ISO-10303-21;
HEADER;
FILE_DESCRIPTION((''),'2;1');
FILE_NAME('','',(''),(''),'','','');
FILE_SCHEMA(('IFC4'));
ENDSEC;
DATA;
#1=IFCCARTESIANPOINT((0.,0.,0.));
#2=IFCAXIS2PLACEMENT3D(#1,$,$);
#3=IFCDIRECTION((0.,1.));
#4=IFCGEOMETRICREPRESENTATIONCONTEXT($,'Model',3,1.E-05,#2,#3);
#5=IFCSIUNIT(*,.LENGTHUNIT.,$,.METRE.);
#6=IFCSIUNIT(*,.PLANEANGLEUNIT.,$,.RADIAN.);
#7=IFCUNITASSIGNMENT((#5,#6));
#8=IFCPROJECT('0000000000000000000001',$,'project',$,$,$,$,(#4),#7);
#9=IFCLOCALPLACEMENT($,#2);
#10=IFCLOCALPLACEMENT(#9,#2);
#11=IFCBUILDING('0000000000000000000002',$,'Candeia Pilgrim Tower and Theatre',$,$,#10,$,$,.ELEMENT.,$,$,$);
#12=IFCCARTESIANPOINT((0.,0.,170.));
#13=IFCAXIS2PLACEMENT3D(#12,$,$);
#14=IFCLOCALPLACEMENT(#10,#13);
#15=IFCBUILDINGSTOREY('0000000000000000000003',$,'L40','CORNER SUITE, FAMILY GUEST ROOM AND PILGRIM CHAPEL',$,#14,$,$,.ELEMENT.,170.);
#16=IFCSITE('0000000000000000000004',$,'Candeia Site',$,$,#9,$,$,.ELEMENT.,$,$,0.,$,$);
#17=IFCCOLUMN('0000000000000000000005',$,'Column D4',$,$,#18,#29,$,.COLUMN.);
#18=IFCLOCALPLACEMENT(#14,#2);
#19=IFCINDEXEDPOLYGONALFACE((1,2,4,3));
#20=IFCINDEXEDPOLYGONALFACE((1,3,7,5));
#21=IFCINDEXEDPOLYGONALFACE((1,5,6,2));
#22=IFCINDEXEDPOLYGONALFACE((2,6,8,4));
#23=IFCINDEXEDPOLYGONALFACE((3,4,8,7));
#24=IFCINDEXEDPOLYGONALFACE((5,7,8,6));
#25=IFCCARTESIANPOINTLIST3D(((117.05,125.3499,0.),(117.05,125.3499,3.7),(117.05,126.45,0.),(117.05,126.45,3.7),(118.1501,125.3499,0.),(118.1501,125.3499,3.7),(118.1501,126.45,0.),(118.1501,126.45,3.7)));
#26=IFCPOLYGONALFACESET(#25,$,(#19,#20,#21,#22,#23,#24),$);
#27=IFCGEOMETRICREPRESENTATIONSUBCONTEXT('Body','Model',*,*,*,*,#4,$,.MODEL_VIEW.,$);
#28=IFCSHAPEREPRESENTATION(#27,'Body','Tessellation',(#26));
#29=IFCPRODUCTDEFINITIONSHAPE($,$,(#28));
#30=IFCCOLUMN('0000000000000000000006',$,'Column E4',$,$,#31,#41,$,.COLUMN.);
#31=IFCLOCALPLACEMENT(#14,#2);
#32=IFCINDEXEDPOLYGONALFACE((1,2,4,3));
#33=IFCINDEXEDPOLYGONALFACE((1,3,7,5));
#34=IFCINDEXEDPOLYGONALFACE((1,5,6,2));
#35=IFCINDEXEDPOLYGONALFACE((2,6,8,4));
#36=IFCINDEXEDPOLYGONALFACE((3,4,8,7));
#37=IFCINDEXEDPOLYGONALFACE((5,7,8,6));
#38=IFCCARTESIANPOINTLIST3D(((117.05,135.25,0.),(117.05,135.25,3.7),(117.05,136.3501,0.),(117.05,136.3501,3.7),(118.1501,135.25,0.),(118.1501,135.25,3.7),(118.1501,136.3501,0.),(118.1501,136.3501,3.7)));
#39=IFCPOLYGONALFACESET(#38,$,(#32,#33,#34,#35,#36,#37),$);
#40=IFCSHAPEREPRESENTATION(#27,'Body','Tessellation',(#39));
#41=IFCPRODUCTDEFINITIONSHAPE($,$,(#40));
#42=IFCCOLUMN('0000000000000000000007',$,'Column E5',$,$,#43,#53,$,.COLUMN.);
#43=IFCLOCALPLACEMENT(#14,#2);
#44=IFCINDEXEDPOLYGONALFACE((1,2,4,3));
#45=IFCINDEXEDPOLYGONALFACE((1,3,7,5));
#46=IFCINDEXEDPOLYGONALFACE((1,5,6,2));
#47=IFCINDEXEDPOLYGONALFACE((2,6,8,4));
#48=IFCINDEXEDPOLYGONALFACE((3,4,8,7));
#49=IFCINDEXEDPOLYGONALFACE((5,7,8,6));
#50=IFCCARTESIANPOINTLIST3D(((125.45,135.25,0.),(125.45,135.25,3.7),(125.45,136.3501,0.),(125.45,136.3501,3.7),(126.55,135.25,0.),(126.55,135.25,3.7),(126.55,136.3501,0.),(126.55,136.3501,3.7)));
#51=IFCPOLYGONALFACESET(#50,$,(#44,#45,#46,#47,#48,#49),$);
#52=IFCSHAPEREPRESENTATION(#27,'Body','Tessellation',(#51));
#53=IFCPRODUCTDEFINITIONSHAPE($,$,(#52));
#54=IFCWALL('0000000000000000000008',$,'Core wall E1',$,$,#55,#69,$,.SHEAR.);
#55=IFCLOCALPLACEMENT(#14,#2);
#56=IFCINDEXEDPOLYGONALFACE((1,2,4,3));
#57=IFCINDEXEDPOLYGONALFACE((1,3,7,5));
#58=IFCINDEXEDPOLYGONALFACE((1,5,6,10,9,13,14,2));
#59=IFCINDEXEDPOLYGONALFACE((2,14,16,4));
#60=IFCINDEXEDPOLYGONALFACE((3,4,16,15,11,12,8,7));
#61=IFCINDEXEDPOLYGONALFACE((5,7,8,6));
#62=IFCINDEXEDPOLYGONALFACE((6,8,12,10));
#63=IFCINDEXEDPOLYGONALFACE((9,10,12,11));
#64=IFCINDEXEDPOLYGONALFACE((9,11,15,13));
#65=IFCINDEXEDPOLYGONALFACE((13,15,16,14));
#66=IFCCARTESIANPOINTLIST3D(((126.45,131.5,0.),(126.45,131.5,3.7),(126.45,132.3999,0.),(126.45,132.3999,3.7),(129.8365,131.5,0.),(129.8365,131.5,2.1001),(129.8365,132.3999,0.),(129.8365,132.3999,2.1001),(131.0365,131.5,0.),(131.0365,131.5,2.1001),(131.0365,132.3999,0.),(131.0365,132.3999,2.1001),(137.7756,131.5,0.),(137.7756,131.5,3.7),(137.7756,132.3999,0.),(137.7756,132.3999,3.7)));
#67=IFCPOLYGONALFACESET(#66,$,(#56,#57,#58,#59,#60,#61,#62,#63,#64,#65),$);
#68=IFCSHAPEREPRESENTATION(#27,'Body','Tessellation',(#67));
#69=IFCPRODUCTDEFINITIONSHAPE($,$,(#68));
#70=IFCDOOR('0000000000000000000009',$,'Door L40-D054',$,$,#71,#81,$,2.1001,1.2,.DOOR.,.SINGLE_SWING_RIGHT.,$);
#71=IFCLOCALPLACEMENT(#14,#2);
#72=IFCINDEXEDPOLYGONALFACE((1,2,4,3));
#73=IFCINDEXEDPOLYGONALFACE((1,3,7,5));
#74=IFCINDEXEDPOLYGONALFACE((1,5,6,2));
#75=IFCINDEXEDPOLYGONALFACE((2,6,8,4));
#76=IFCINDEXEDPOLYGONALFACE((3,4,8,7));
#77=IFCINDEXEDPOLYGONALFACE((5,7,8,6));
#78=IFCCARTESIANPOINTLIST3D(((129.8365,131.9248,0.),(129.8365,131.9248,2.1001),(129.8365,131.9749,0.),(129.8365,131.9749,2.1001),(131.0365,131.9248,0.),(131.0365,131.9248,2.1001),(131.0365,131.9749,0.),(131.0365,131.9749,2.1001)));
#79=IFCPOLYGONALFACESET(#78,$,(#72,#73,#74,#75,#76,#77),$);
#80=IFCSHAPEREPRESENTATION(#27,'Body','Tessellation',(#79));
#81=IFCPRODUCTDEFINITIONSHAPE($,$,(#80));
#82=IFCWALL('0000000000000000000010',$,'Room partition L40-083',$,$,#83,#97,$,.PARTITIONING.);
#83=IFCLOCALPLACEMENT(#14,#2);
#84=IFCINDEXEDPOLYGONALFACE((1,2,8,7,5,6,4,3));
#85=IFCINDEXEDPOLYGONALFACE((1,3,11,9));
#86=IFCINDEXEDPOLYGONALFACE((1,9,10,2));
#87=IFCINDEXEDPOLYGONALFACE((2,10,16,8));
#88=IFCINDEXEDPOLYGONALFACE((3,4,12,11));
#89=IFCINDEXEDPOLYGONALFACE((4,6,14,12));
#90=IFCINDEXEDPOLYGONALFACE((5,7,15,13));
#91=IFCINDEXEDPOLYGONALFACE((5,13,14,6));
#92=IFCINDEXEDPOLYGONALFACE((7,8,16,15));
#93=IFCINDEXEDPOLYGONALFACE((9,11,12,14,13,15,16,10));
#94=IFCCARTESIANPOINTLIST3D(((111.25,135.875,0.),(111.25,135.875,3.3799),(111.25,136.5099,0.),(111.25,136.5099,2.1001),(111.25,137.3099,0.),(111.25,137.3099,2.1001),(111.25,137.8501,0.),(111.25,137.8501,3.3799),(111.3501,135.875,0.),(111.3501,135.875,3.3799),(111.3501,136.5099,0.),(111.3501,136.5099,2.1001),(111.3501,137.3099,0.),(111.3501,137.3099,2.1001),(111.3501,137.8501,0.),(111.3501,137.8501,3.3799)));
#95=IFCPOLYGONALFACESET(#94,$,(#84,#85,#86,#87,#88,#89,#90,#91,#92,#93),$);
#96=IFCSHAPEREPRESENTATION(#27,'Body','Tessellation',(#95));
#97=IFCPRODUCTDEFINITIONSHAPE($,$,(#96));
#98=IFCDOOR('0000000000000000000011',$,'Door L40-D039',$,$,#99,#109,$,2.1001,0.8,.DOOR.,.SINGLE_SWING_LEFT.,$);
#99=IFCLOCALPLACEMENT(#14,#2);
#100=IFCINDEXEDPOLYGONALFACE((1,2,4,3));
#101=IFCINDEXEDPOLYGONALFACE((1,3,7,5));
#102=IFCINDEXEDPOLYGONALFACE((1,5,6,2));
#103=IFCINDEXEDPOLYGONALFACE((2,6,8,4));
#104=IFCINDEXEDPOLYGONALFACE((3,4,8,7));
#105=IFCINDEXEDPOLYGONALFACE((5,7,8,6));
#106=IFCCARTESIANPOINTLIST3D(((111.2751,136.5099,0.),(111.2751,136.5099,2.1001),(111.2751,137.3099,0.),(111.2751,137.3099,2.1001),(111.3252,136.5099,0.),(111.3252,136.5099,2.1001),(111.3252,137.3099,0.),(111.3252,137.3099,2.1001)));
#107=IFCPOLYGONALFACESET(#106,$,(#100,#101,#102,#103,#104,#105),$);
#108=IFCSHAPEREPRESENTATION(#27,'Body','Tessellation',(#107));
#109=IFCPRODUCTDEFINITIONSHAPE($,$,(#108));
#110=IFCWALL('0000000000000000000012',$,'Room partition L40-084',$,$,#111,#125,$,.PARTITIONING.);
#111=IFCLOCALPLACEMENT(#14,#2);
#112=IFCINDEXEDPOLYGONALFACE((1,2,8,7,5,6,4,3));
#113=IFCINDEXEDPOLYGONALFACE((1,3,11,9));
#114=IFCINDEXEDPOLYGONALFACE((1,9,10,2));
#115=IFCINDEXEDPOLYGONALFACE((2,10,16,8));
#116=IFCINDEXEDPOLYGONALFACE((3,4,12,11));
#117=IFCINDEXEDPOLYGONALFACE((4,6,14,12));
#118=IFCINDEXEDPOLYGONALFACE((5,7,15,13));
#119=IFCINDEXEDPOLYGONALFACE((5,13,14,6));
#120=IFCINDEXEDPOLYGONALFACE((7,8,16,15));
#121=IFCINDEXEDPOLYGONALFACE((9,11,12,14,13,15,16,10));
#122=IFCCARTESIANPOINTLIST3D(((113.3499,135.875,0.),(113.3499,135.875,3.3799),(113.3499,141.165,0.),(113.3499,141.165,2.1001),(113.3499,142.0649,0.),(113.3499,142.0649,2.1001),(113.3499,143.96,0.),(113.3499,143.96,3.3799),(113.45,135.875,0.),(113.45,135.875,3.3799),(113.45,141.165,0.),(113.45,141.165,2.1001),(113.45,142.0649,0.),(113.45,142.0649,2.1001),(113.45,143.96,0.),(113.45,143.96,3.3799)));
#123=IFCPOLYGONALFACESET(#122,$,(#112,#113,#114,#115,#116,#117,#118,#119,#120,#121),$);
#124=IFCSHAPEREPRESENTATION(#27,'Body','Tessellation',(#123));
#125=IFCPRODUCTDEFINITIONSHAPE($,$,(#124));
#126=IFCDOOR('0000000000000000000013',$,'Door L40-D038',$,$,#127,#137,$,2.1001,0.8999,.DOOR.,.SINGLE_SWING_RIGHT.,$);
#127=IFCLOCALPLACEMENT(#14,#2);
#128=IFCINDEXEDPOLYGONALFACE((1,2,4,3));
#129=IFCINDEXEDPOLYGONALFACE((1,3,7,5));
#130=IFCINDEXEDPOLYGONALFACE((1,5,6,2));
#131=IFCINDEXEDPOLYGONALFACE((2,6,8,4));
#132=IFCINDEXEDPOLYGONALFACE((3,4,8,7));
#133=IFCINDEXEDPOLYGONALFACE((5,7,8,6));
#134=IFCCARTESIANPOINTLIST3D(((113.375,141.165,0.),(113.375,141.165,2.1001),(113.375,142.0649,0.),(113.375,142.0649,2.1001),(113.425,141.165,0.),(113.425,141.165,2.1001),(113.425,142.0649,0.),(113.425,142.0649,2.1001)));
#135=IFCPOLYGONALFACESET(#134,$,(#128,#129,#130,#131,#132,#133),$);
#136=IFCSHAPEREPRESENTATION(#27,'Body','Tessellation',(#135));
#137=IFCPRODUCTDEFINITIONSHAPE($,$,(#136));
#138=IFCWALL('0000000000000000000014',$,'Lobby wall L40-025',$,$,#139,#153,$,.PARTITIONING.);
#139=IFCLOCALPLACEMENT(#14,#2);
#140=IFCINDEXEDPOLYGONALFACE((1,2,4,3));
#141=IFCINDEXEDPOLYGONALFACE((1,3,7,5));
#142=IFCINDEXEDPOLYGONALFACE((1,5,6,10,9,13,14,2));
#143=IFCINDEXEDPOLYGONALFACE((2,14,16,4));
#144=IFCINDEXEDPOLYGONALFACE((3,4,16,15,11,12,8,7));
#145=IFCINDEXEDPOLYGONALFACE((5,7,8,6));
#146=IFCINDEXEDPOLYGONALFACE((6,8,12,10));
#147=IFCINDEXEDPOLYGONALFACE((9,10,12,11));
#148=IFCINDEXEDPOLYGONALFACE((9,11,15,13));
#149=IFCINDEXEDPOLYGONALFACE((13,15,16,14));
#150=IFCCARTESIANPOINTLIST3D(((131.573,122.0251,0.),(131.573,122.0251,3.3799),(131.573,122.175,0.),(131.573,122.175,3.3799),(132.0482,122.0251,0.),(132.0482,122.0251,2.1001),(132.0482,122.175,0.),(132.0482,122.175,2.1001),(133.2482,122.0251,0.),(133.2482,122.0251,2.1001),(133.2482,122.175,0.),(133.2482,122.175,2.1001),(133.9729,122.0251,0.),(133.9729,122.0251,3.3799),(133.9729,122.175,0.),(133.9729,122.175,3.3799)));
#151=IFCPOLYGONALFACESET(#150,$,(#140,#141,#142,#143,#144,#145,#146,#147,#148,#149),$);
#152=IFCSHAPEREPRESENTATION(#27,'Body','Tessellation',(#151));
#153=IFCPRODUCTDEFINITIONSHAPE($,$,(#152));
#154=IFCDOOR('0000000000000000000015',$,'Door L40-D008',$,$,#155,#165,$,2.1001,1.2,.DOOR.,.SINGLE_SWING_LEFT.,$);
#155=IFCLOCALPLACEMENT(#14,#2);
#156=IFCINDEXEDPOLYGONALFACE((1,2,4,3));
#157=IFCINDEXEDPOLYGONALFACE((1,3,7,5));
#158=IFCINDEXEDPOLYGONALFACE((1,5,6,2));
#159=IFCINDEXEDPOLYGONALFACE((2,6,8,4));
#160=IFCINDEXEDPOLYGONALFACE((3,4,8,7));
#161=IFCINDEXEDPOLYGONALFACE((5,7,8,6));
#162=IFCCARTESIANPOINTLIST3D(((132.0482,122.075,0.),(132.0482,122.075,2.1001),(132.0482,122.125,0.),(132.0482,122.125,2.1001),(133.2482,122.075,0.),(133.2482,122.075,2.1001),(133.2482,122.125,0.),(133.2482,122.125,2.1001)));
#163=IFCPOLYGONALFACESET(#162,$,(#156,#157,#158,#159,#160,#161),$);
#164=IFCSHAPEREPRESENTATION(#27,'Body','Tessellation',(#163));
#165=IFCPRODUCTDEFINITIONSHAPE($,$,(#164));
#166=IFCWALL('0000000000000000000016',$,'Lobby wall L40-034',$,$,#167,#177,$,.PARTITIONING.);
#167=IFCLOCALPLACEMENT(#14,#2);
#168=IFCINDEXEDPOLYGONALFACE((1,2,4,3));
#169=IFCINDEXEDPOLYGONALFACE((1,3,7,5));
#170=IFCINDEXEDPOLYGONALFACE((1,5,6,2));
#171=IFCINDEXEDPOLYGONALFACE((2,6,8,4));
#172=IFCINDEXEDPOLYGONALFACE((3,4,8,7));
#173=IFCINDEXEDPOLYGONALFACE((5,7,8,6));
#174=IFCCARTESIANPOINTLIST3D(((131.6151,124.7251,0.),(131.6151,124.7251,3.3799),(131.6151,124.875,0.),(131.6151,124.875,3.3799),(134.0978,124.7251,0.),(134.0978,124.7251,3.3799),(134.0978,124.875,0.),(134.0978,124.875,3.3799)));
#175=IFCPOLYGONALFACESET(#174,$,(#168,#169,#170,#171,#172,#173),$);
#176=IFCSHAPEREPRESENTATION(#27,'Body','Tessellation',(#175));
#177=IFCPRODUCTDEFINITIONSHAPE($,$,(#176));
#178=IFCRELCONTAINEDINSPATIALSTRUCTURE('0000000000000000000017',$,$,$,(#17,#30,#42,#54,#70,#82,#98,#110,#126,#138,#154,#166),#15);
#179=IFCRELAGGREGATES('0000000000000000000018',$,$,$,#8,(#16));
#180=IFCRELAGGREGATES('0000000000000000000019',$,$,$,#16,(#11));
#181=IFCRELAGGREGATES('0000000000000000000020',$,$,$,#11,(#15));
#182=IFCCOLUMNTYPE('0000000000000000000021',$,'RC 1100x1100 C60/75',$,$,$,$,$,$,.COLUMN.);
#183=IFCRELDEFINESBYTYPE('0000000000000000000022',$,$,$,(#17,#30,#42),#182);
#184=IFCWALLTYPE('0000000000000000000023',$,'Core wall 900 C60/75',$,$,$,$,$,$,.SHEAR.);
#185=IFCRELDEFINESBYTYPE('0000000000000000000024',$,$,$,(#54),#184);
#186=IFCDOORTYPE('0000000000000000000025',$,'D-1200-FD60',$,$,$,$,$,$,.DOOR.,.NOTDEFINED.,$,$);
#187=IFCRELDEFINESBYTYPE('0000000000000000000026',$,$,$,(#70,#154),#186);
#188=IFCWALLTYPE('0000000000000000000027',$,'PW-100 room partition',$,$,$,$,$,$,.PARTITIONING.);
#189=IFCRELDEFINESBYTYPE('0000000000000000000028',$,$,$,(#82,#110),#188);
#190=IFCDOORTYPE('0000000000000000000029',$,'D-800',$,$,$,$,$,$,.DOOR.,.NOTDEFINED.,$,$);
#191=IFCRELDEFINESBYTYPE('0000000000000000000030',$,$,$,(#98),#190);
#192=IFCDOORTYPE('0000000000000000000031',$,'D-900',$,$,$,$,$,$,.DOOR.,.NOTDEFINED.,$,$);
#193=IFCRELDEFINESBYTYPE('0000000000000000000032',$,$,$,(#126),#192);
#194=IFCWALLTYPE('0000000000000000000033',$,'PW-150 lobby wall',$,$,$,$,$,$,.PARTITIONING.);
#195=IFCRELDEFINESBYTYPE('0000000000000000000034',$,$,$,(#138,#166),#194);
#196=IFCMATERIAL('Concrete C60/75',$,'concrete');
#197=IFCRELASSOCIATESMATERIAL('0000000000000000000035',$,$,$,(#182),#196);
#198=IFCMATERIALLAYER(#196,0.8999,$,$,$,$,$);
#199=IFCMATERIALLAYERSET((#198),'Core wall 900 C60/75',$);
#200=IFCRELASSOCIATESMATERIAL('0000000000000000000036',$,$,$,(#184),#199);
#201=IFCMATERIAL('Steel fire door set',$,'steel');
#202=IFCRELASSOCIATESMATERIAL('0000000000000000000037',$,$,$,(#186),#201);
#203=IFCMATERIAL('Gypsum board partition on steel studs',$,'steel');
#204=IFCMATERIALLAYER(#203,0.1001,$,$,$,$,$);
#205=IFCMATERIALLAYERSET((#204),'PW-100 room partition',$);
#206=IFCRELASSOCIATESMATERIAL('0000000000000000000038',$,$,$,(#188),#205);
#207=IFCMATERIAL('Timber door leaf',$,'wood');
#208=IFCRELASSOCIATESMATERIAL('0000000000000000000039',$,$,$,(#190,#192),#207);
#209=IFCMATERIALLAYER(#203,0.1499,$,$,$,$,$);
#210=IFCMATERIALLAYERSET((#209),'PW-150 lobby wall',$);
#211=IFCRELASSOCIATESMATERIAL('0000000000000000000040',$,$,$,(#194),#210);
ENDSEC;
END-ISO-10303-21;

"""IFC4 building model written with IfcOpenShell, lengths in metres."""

from ifc_helpers import new_model, si_unit, direction, frame, frame_2d, origin, origin_2d, place, context, subcontext, project, spatial, rectangle, extrude, material, layer, layer_set, material_profile, profile_set, type_object, element, fill, save


model = new_model("IFC4")

# Units and contexts
model_context = context("Model", 3, precision=1e-05, world=origin(), true_north=direction((0.0, 1.0)))
body_context = subcontext(model_context, "Body", "Model", "MODEL_VIEW")
ifc_project = project(units=[si_unit("LENGTHUNIT", "METRE"), si_unit("PLANEANGLEUNIT", "RADIAN")], contexts=[model_context])

# Site, building, storey
site_placement = place(None, origin())
site = spatial("IfcSite", under=ifc_project, at=site_placement, Name="Candeia Site", CompositionType="ELEMENT", RefElevation=0.0)
building_placement = place(site_placement, origin())
building = spatial("IfcBuilding", under=site, at=building_placement, Name="Candeia Pilgrim Tower and Theatre", CompositionType="ELEMENT")
storey_placement = place(building_placement, frame((0.0, 0.0, 170.0)))
storey = spatial("IfcBuildingStorey", under=building, at=storey_placement, Name="L40", Description="CORNER SUITE, FAMILY GUEST ROOM AND PILGRIM CHAPEL", CompositionType="ELEMENT", Elevation=170.0)

# Columns
ifc_material_1 = material(Name="Concrete C60/75", Category="concrete")
ifc_material_profile = material_profile(ifc_material_1, rectangle(XDim=1.1001, YDim=1.1001, at=origin_2d()))
ifc_profile_set = profile_set([ifc_material_profile], Name="Concrete C60/75")
column_type = type_object("IfcColumnType", Name="RC 1100x1100 C60/75", PredefinedType="COLUMN", material=ifc_profile_set)
for number, where, z_axis, x_axis, name in (
    (1, (117.6001, 125.8999, 0.0), (0.0, 0.0, 1.0), (1.0, 0.0, 0.0), "Column D4"),
    (2, (117.6001, 135.8, 0.0), (0.0, 0.0, 1.0), (1.0, 0.0, 0.0), "Column E4"),
    (3, (126.0, 135.8, 0.0), (0.0, 0.0, 1.0), (1.0, 0.0, 0.0), "Column E5"),
):
    element("IfcColumn", number, at=place(storey_placement, frame(where, z_axis=z_axis, x_axis=x_axis)), inside=storey, type_object=column_type, Name=name, PredefinedType="COLUMN", context=body_context, shape_type="SweptSolid", body=[
        extrude(rectangle(XDim=1.1001, YDim=1.1001, at=origin_2d()), origin(), (0.0, 0.0, 1.0), 3.7),
    ])

# Walls, openings, doors
ifc_layer_1 = layer(ifc_material_1, 0.8999)
ifc_layer_set_1 = layer_set([ifc_layer_1], Name="Core wall 900 C60/75")
wall_type_1 = type_object("IfcWallType", Name="Core wall 900 C60/75", PredefinedType="SHEAR", material=ifc_layer_set_1)
wall_1_placement = place(storey_placement, frame((126.45, 131.95, 0.0), z_axis=(0.0, 0.0, 1.0), x_axis=(1.0, 0.0, 0.0)))
wall_1 = element("IfcWall", 4, at=wall_1_placement, inside=storey, type_object=wall_type_1, Name="Core wall E1", PredefinedType="SHEAR", context=body_context, shape_type="SweptSolid", body=[
    extrude(rectangle(XDim=11.3257, YDim=0.8999, at=frame_2d((5.6628, 0.0))), origin(), (0.0, 0.0, 1.0), 3.7),
])
opening_1_placement = place(wall_1_placement, frame((3.3865, 0.0, 0.0)))
opening_1 = element("IfcOpeningElement", 5, at=opening_1_placement, cuts=wall_1, PredefinedType="OPENING", context=body_context, shape_type="SweptSolid", body=[
    extrude(rectangle(XDim=1.2, YDim=2.1001, at=frame_2d((0.6001, 1.05))), frame((0.0, 0.46, 0.0), z_axis=(0.0, -1.0, 0.0), x_axis=(1.0, 0.0, 0.0)), (0.0, 0.0, 1.0), 0.9199),
])
ifc_material_2 = material(Name="Steel fire door set", Category="steel")
door_type_1 = type_object("IfcDoorType", Name="D-1200-FD60", OperationType="NOTDEFINED", PredefinedType="DOOR", material=ifc_material_2)
door_1_placement = place(opening_1_placement, origin())
door_1 = element("IfcDoor", 6, at=door_1_placement, inside=storey, type_object=door_type_1, Name="Door L40-D054", OperationType="SINGLE_SWING_RIGHT", OverallHeight=2.1001, OverallWidth=1.2, PredefinedType="DOOR", context=body_context, shape_type="SweptSolid", body=[
    extrude(rectangle(XDim=1.2, YDim=2.1001, at=frame_2d((0.6001, 1.05))), frame((0.0, 0.0249, 0.0), z_axis=(0.0, -1.0, 0.0), x_axis=(1.0, 0.0, 0.0)), (0.0, 0.0, 1.0), 0.05),
])
fill(opening_1, door_1)
ifc_material_3 = material(Name="Gypsum board partition on steel studs", Category="steel")
ifc_layer_2 = layer(ifc_material_3, 0.1001)
ifc_layer_set_2 = layer_set([ifc_layer_2], Name="PW-100 room partition")
wall_type_2 = type_object("IfcWallType", Name="PW-100 room partition", PredefinedType="PARTITIONING", material=ifc_layer_set_2)
wall_2_placement = place(storey_placement, frame((111.3, 135.875, 0.0), z_axis=(0.0, 0.0, 1.0), x_axis=(0.0, 1.0, 0.0)))
wall_2 = element("IfcWall", 7, at=wall_2_placement, inside=storey, type_object=wall_type_2, Name="Room partition L40-083", PredefinedType="PARTITIONING", context=body_context, shape_type="SweptSolid", body=[
    extrude(rectangle(XDim=1.9751, YDim=0.1001, at=frame_2d((0.9875, 0.0))), origin(), (0.0, 0.0, 1.0), 3.3799),
])
opening_2_placement = place(wall_2_placement, frame((0.635, 0.0, 0.0)))
opening_2 = element("IfcOpeningElement", 8, at=opening_2_placement, cuts=wall_2, PredefinedType="OPENING", context=body_context, shape_type="SweptSolid", body=[
    extrude(rectangle(XDim=0.8, YDim=2.1001, at=frame_2d((0.3999, 1.05))), frame((0.0, 0.0601, 0.0), z_axis=(0.0, -1.0, 0.0), x_axis=(1.0, 0.0, 0.0)), (0.0, 0.0, 1.0), 0.1201),
])
ifc_material_4 = material(Name="Timber door leaf", Category="wood")
door_type_2 = type_object("IfcDoorType", Name="D-800", OperationType="NOTDEFINED", PredefinedType="DOOR", material=ifc_material_4)
door_2_placement = place(opening_2_placement, origin())
door_2 = element("IfcDoor", 9, at=door_2_placement, inside=storey, type_object=door_type_2, Name="Door L40-D039", OperationType="SINGLE_SWING_LEFT", OverallHeight=2.1001, OverallWidth=0.8, PredefinedType="DOOR", context=body_context, shape_type="SweptSolid", body=[
    extrude(rectangle(XDim=0.8, YDim=2.1001, at=frame_2d((0.3999, 1.05))), frame((0.0, 0.0249, 0.0), z_axis=(0.0, -1.0, 0.0), x_axis=(1.0, 0.0, 0.0)), (0.0, 0.0, 1.0), 0.05),
])
fill(opening_2, door_2)
wall_3_placement = place(storey_placement, frame((113.3999, 135.875, 0.0), z_axis=(0.0, 0.0, 1.0), x_axis=(0.0, 1.0, 0.0)))
wall_3 = element("IfcWall", 10, at=wall_3_placement, inside=storey, type_object=wall_type_2, Name="Room partition L40-084", PredefinedType="PARTITIONING", context=body_context, shape_type="SweptSolid", body=[
    extrude(rectangle(XDim=8.085, YDim=0.1001, at=frame_2d((4.0425, 0.0))), origin(), (0.0, 0.0, 1.0), 3.3799),
])
opening_3_placement = place(wall_3_placement, frame((5.29, 0.0, 0.0)))
opening_3 = element("IfcOpeningElement", 11, at=opening_3_placement, cuts=wall_3, PredefinedType="OPENING", context=body_context, shape_type="SweptSolid", body=[
    extrude(rectangle(XDim=0.8999, YDim=2.1001, at=frame_2d((0.45, 1.05))), frame((0.0, 0.0601, 0.0), z_axis=(0.0, -1.0, 0.0), x_axis=(1.0, 0.0, 0.0)), (0.0, 0.0, 1.0), 0.1201),
])
door_type_3 = type_object("IfcDoorType", Name="D-900", OperationType="NOTDEFINED", PredefinedType="DOOR", material=ifc_material_4)
door_3_placement = place(opening_3_placement, origin())
door_3 = element("IfcDoor", 12, at=door_3_placement, inside=storey, type_object=door_type_3, Name="Door L40-D038", OperationType="SINGLE_SWING_RIGHT", OverallHeight=2.1001, OverallWidth=0.8999, PredefinedType="DOOR", context=body_context, shape_type="SweptSolid", body=[
    extrude(rectangle(XDim=0.8999, YDim=2.1001, at=frame_2d((0.45, 1.05))), frame((0.0, 0.0249, 0.0), z_axis=(0.0, -1.0, 0.0), x_axis=(1.0, 0.0, 0.0)), (0.0, 0.0, 1.0), 0.05),
])
fill(opening_3, door_3)
ifc_layer_3 = layer(ifc_material_3, 0.1499)
ifc_layer_set_3 = layer_set([ifc_layer_3], Name="PW-150 lobby wall")
wall_type_3 = type_object("IfcWallType", Name="PW-150 lobby wall", PredefinedType="PARTITIONING", material=ifc_layer_set_3)
wall_4_placement = place(storey_placement, frame((131.573, 122.1001, 0.0), z_axis=(0.0, 0.0, 1.0), x_axis=(1.0, 0.0, 0.0)))
wall_4 = element("IfcWall", 13, at=wall_4_placement, inside=storey, type_object=wall_type_3, Name="Lobby wall L40-025", PredefinedType="PARTITIONING", context=body_context, shape_type="SweptSolid", body=[
    extrude(rectangle(XDim=2.3999, YDim=0.1499, at=frame_2d((1.2, 0.0))), origin(), (0.0, 0.0, 1.0), 3.3799),
])
opening_4_placement = place(wall_4_placement, frame((0.4751, 0.0, 0.0)))
opening_4 = element("IfcOpeningElement", 14, at=opening_4_placement, cuts=wall_4, PredefinedType="OPENING", context=body_context, shape_type="SweptSolid", body=[
    extrude(rectangle(XDim=1.2, YDim=2.1001, at=frame_2d((0.6001, 1.05))), frame((0.0, 0.085, 0.0), z_axis=(0.0, -1.0, 0.0), x_axis=(1.0, 0.0, 0.0)), (0.0, 0.0, 1.0), 0.1699),
])
door_4_placement = place(opening_4_placement, origin())
door_4 = element("IfcDoor", 15, at=door_4_placement, inside=storey, type_object=door_type_1, Name="Door L40-D008", OperationType="SINGLE_SWING_LEFT", OverallHeight=2.1001, OverallWidth=1.2, PredefinedType="DOOR", context=body_context, shape_type="SweptSolid", body=[
    extrude(rectangle(XDim=1.2, YDim=2.1001, at=frame_2d((0.6001, 1.05))), frame((0.0, 0.0249, 0.0), z_axis=(0.0, -1.0, 0.0), x_axis=(1.0, 0.0, 0.0)), (0.0, 0.0, 1.0), 0.05),
])
fill(opening_4, door_4)

# Wall
wall_5_placement = place(storey_placement, frame((131.6152, 124.8, 0.0), z_axis=(0.0, 0.0, 1.0), x_axis=(1.0, 0.0, 0.0)))
element("IfcWall", 16, at=wall_5_placement, inside=storey, type_object=wall_type_3, Name="Lobby wall L40-034", PredefinedType="PARTITIONING", context=body_context, shape_type="SweptSolid", body=[
    extrude(rectangle(XDim=2.4827, YDim=0.1499, at=frame_2d((1.2412, 0.0))), origin(), (0.0, 0.0, 1.0), 3.3799),
])

save(model, "model.ifc")
